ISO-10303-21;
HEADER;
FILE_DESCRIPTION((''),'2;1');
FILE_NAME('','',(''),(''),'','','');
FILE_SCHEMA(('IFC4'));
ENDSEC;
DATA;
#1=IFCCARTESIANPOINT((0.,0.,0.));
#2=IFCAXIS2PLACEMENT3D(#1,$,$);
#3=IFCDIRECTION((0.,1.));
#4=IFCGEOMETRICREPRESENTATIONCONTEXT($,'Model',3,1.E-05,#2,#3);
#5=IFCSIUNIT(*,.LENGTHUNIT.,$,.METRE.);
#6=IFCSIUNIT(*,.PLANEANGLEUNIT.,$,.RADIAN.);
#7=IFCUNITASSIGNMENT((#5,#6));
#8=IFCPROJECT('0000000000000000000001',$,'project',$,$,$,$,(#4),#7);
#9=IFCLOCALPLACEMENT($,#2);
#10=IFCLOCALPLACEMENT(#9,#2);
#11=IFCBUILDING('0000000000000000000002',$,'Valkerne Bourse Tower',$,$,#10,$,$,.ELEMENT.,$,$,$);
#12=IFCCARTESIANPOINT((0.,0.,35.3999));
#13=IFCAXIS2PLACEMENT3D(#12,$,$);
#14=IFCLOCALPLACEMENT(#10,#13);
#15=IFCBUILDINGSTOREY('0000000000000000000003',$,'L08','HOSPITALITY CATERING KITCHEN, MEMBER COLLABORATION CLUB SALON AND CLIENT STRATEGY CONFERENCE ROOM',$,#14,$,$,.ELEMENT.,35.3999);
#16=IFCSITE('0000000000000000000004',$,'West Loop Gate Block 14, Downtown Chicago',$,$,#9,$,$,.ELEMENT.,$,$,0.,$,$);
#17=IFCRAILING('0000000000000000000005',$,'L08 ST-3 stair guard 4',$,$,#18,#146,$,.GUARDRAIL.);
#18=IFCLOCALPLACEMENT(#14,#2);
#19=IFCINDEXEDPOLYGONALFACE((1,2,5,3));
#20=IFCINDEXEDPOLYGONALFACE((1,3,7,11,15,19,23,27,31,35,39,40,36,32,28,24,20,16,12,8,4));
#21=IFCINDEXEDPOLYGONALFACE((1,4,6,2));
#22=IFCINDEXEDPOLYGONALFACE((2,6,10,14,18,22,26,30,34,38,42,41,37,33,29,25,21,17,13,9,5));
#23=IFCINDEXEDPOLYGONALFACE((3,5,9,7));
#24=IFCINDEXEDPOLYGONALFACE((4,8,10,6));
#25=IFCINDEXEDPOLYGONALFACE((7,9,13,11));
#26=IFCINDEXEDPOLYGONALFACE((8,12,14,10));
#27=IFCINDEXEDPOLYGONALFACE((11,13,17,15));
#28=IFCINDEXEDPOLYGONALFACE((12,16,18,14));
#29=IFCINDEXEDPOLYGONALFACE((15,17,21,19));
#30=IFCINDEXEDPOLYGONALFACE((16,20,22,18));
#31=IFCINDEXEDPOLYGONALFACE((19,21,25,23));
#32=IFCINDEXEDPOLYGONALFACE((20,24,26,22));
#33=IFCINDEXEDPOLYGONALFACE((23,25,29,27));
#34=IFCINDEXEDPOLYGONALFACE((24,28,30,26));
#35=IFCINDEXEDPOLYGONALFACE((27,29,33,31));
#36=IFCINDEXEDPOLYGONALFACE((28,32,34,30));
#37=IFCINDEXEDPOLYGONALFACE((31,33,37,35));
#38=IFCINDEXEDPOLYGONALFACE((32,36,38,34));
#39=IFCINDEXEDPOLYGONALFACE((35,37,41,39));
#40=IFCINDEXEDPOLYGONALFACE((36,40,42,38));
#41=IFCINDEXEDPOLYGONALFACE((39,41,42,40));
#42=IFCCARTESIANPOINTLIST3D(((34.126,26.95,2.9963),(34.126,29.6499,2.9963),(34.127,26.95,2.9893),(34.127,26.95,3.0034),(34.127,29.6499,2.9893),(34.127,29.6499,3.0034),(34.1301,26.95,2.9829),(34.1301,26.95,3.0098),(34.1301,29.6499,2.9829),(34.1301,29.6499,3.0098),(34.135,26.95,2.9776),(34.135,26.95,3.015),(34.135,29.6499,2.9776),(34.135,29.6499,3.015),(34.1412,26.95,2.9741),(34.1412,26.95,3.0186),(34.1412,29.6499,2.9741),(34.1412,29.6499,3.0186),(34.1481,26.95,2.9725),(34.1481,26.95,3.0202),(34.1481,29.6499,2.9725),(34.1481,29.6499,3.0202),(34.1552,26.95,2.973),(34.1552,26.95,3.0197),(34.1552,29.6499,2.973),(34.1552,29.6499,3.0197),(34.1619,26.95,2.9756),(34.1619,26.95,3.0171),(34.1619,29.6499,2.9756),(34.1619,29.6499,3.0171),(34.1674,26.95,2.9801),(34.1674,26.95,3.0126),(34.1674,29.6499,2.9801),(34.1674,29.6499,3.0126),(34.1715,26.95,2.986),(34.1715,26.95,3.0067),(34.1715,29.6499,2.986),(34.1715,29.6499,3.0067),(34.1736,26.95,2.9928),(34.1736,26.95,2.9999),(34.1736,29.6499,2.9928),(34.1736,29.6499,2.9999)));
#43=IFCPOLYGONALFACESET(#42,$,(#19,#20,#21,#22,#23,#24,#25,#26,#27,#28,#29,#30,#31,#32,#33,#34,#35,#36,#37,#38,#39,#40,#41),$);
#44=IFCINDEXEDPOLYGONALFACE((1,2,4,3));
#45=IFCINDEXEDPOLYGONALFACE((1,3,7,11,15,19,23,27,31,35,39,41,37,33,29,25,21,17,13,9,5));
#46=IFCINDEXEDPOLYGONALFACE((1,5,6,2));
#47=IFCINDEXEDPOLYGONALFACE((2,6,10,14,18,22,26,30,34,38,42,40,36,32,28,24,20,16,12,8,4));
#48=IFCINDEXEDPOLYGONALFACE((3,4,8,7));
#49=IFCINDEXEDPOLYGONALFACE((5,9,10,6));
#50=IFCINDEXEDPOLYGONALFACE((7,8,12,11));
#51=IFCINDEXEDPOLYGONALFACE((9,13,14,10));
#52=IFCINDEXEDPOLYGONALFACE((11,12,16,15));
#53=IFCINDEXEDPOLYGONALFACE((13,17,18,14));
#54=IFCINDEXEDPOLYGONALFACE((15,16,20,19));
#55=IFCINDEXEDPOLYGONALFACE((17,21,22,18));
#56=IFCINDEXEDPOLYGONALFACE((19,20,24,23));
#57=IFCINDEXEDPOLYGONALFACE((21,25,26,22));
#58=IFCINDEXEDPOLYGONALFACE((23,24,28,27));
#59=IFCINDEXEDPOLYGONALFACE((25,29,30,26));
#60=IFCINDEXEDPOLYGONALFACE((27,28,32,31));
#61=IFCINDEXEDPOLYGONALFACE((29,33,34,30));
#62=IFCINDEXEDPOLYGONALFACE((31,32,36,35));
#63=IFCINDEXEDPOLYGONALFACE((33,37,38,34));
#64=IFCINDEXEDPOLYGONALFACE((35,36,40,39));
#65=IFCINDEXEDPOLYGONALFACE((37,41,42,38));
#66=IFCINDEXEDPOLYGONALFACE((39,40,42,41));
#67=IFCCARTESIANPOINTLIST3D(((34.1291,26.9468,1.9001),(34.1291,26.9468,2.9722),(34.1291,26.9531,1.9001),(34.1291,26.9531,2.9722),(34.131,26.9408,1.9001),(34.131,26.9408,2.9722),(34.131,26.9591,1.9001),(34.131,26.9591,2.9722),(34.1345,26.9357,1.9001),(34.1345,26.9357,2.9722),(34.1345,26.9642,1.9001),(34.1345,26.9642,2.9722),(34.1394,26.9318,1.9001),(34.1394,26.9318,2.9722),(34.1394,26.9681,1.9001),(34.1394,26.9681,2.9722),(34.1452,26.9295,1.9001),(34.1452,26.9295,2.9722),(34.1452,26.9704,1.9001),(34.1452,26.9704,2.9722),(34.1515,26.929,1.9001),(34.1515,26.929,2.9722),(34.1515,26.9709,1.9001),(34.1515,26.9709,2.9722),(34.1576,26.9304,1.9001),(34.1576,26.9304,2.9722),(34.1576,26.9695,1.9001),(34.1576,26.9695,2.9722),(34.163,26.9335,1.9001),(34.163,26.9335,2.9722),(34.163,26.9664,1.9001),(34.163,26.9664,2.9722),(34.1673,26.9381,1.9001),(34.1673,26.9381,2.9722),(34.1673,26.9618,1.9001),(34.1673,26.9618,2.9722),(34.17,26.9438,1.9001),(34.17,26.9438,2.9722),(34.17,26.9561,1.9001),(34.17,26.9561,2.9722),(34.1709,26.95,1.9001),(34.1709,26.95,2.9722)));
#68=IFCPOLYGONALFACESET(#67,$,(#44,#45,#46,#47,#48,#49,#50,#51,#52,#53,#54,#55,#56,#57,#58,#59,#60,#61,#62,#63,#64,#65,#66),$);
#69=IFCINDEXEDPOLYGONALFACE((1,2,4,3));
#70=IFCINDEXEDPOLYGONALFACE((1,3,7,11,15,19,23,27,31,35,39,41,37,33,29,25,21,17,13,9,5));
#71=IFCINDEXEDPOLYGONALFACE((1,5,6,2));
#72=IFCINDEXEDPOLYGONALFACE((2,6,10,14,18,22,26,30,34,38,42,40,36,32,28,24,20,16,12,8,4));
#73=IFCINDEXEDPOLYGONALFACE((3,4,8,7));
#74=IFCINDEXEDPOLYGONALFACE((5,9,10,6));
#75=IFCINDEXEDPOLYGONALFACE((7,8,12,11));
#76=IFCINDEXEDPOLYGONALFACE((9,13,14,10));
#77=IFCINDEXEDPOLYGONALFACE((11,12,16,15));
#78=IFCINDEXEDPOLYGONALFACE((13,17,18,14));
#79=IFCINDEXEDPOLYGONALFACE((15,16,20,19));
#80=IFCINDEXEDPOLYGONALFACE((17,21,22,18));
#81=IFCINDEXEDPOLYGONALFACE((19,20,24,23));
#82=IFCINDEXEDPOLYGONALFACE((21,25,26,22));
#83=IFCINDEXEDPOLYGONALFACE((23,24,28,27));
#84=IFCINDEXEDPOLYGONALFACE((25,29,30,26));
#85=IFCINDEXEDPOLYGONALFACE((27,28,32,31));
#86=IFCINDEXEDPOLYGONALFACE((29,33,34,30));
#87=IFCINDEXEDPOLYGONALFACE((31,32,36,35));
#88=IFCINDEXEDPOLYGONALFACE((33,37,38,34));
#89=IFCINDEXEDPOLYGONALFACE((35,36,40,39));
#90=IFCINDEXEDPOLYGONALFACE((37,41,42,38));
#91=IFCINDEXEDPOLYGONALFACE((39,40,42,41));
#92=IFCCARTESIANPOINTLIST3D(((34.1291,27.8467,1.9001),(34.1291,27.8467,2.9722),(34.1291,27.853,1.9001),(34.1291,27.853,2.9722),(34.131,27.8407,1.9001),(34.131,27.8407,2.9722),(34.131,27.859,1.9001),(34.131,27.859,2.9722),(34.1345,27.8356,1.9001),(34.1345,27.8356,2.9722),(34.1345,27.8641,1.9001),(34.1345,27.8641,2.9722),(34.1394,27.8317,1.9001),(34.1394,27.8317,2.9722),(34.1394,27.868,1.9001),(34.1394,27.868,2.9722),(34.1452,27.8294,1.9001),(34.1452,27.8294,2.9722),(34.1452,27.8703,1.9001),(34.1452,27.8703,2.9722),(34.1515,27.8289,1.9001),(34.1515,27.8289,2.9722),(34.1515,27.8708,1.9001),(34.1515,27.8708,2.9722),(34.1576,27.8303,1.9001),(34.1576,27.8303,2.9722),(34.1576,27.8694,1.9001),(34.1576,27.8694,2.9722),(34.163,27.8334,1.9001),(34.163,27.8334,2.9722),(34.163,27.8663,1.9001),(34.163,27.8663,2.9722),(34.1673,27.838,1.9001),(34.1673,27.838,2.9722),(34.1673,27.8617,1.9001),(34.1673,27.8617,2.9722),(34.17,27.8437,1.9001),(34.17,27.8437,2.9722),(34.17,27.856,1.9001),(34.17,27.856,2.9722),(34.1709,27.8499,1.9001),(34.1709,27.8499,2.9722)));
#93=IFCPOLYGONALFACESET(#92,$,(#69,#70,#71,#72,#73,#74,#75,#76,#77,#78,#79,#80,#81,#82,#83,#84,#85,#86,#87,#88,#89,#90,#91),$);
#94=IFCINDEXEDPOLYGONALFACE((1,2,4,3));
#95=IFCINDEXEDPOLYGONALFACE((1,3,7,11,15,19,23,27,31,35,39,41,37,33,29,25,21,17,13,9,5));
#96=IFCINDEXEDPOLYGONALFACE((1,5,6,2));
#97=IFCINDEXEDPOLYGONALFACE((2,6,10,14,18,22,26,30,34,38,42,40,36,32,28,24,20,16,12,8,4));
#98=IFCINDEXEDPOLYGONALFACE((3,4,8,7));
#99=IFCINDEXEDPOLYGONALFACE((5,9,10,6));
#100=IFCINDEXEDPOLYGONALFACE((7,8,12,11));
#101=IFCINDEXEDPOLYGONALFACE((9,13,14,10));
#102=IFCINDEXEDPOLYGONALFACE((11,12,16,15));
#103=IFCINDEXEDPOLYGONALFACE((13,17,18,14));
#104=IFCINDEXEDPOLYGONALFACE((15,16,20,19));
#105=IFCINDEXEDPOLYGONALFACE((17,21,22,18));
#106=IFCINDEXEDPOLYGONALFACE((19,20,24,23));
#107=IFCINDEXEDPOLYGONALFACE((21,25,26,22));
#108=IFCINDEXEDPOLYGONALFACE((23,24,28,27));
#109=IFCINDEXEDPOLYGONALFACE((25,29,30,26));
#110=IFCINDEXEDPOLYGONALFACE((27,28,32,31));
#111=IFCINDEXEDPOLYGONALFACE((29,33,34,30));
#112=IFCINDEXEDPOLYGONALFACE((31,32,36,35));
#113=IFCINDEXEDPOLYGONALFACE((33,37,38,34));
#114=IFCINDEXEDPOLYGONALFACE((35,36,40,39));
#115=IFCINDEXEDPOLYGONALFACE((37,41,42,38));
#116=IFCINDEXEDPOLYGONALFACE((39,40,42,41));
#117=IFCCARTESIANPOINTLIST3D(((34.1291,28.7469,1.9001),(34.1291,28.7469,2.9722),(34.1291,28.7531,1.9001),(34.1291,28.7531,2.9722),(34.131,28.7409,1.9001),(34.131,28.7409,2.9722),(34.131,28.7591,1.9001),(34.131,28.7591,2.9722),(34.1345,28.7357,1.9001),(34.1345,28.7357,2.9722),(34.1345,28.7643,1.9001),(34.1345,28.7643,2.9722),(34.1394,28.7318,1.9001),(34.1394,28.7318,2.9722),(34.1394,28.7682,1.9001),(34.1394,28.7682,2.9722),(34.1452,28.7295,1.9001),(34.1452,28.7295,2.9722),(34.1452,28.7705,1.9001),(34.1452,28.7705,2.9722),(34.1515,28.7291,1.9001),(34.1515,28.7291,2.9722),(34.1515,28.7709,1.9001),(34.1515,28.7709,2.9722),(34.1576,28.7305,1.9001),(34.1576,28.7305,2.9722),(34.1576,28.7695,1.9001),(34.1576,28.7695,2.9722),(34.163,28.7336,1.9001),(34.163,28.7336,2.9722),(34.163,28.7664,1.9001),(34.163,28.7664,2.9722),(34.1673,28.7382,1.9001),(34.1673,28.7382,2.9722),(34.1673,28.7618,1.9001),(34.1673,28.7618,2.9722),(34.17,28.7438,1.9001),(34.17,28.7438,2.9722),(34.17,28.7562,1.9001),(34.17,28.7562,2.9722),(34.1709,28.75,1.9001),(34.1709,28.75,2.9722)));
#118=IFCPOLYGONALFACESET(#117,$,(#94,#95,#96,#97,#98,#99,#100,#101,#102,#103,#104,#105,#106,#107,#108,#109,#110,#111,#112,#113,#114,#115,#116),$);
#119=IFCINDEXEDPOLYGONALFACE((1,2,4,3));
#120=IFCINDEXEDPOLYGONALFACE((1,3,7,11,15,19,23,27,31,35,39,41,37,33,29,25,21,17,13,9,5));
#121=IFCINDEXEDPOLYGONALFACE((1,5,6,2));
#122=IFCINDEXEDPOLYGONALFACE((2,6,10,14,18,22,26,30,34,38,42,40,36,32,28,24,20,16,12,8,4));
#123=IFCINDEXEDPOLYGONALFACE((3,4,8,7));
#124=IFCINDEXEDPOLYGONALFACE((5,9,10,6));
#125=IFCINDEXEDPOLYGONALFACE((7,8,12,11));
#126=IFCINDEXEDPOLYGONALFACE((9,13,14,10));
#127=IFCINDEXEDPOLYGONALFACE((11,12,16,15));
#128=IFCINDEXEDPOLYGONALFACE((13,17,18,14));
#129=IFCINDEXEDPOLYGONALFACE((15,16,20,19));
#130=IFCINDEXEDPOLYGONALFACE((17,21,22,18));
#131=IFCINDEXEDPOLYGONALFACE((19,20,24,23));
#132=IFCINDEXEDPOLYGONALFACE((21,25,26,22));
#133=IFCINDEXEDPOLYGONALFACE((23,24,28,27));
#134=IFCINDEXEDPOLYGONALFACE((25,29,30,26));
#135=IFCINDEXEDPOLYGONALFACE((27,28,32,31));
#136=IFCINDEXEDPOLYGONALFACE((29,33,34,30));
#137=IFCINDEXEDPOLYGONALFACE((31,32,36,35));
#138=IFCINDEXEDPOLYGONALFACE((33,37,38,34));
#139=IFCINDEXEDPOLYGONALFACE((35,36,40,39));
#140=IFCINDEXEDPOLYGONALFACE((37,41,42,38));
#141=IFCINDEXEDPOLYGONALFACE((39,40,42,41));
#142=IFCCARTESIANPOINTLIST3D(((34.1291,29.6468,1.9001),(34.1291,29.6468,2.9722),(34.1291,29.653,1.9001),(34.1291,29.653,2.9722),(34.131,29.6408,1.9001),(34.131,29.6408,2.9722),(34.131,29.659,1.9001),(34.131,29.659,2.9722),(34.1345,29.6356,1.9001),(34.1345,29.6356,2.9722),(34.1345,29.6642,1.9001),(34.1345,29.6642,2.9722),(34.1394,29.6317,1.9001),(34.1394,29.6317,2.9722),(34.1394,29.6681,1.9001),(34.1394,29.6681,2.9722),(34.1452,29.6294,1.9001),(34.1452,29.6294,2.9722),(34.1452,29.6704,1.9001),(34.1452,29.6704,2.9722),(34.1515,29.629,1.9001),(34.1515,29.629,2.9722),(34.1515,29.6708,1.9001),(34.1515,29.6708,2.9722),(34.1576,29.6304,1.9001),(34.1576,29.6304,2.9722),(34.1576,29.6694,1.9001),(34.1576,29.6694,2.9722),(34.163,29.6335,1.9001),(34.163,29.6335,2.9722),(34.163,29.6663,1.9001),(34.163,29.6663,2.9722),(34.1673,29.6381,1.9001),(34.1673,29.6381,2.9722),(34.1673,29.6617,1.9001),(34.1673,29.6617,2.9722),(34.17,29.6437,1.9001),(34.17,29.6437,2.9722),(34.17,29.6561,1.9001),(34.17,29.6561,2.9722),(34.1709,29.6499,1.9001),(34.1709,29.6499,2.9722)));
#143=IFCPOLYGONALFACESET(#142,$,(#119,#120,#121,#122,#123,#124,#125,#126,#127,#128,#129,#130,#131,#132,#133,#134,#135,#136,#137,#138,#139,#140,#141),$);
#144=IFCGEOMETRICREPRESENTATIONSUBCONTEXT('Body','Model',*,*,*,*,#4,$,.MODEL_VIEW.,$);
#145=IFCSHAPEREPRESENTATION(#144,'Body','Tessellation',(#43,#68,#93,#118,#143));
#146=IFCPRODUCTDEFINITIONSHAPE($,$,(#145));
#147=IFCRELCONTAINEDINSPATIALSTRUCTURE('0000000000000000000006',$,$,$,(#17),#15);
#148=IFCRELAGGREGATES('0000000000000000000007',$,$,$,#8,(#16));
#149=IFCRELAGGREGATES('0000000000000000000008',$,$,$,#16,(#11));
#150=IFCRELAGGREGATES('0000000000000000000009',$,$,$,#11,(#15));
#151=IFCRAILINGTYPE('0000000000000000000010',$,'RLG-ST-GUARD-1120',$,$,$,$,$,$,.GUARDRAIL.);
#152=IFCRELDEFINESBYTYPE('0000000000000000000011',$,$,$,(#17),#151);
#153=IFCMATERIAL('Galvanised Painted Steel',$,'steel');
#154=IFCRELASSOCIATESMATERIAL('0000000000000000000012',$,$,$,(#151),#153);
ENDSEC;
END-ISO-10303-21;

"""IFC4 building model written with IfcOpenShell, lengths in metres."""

from ifc_helpers import new_model, si_unit, direction, frame, origin, origin_2d, place, context, subcontext, project, spatial, circle, extrude, material, type_object, element, save


model = new_model("IFC4")

# Units and contexts
model_context = context("Model", 3, precision=1e-05, world=origin(), true_north=direction((0.0, 1.0)))
body_context = subcontext(model_context, "Body", "Model", "MODEL_VIEW")
ifc_project = project(units=[si_unit("LENGTHUNIT", "METRE"), si_unit("PLANEANGLEUNIT", "RADIAN")], contexts=[model_context])

# Site, building, storey
site_placement = place(None, origin())
site = spatial("IfcSite", under=ifc_project, at=site_placement, Name="West Loop Gate Block 14, Downtown Chicago", CompositionType="ELEMENT", RefElevation=0.0)
building_placement = place(site_placement, origin())
building = spatial("IfcBuilding", under=site, at=building_placement, Name="Valkerne Bourse Tower", CompositionType="ELEMENT")
storey_placement = place(building_placement, frame((0.0, 0.0, 35.3999)))
storey = spatial("IfcBuildingStorey", under=building, at=storey_placement, Name="L08", Description="HOSPITALITY CATERING KITCHEN, MEMBER COLLABORATION CLUB SALON AND CLIENT STRATEGY CONFERENCE ROOM", CompositionType="ELEMENT", Elevation=35.3999)

# Railing
ifc_material_1 = material(Name="Galvanised Painted Steel", Category="steel")
railing_type_1 = type_object("IfcRailingType", Name="RLG-ST-GUARD-1120", PredefinedType="GUARDRAIL", material=ifc_material_1)
for number, where, name in (
    (1, (34.1499, 26.95, 1.9001), "L08 ST-3 stair guard 4"),
):
    element("IfcRailing", number, at=place(storey_placement, frame(where)), inside=storey, type_object=railing_type_1, Name=name, PredefinedType="GUARDRAIL", context=body_context, shape_type="SweptSolid", body=[
        extrude(circle(Radius=0.0239, at=origin_2d()), frame((0.0, 0.0, 1.0962), z_axis=(0.0, 1.0, 0.0), x_axis=(-1.0, 0.0, 0.0)), (0.0, 0.0, 1.0), 2.7),
        extrude(circle(Radius=0.021, at=origin_2d()), origin(), (0.0, 0.0, 1.0), 1.072),
        extrude(circle(Radius=0.021, at=origin_2d()), frame((0.0, 0.8999, 0.0)), (0.0, 0.0, 1.0), 1.072),
        extrude(circle(Radius=0.021, at=origin_2d()), frame((0.0, 1.8, 0.0)), (0.0, 0.0, 1.0), 1.072),
        extrude(circle(Radius=0.021, at=origin_2d()), frame((0.0, 2.7, 0.0)), (0.0, 0.0, 1.0), 1.072),
    ])

save(model, "model.ifc")
